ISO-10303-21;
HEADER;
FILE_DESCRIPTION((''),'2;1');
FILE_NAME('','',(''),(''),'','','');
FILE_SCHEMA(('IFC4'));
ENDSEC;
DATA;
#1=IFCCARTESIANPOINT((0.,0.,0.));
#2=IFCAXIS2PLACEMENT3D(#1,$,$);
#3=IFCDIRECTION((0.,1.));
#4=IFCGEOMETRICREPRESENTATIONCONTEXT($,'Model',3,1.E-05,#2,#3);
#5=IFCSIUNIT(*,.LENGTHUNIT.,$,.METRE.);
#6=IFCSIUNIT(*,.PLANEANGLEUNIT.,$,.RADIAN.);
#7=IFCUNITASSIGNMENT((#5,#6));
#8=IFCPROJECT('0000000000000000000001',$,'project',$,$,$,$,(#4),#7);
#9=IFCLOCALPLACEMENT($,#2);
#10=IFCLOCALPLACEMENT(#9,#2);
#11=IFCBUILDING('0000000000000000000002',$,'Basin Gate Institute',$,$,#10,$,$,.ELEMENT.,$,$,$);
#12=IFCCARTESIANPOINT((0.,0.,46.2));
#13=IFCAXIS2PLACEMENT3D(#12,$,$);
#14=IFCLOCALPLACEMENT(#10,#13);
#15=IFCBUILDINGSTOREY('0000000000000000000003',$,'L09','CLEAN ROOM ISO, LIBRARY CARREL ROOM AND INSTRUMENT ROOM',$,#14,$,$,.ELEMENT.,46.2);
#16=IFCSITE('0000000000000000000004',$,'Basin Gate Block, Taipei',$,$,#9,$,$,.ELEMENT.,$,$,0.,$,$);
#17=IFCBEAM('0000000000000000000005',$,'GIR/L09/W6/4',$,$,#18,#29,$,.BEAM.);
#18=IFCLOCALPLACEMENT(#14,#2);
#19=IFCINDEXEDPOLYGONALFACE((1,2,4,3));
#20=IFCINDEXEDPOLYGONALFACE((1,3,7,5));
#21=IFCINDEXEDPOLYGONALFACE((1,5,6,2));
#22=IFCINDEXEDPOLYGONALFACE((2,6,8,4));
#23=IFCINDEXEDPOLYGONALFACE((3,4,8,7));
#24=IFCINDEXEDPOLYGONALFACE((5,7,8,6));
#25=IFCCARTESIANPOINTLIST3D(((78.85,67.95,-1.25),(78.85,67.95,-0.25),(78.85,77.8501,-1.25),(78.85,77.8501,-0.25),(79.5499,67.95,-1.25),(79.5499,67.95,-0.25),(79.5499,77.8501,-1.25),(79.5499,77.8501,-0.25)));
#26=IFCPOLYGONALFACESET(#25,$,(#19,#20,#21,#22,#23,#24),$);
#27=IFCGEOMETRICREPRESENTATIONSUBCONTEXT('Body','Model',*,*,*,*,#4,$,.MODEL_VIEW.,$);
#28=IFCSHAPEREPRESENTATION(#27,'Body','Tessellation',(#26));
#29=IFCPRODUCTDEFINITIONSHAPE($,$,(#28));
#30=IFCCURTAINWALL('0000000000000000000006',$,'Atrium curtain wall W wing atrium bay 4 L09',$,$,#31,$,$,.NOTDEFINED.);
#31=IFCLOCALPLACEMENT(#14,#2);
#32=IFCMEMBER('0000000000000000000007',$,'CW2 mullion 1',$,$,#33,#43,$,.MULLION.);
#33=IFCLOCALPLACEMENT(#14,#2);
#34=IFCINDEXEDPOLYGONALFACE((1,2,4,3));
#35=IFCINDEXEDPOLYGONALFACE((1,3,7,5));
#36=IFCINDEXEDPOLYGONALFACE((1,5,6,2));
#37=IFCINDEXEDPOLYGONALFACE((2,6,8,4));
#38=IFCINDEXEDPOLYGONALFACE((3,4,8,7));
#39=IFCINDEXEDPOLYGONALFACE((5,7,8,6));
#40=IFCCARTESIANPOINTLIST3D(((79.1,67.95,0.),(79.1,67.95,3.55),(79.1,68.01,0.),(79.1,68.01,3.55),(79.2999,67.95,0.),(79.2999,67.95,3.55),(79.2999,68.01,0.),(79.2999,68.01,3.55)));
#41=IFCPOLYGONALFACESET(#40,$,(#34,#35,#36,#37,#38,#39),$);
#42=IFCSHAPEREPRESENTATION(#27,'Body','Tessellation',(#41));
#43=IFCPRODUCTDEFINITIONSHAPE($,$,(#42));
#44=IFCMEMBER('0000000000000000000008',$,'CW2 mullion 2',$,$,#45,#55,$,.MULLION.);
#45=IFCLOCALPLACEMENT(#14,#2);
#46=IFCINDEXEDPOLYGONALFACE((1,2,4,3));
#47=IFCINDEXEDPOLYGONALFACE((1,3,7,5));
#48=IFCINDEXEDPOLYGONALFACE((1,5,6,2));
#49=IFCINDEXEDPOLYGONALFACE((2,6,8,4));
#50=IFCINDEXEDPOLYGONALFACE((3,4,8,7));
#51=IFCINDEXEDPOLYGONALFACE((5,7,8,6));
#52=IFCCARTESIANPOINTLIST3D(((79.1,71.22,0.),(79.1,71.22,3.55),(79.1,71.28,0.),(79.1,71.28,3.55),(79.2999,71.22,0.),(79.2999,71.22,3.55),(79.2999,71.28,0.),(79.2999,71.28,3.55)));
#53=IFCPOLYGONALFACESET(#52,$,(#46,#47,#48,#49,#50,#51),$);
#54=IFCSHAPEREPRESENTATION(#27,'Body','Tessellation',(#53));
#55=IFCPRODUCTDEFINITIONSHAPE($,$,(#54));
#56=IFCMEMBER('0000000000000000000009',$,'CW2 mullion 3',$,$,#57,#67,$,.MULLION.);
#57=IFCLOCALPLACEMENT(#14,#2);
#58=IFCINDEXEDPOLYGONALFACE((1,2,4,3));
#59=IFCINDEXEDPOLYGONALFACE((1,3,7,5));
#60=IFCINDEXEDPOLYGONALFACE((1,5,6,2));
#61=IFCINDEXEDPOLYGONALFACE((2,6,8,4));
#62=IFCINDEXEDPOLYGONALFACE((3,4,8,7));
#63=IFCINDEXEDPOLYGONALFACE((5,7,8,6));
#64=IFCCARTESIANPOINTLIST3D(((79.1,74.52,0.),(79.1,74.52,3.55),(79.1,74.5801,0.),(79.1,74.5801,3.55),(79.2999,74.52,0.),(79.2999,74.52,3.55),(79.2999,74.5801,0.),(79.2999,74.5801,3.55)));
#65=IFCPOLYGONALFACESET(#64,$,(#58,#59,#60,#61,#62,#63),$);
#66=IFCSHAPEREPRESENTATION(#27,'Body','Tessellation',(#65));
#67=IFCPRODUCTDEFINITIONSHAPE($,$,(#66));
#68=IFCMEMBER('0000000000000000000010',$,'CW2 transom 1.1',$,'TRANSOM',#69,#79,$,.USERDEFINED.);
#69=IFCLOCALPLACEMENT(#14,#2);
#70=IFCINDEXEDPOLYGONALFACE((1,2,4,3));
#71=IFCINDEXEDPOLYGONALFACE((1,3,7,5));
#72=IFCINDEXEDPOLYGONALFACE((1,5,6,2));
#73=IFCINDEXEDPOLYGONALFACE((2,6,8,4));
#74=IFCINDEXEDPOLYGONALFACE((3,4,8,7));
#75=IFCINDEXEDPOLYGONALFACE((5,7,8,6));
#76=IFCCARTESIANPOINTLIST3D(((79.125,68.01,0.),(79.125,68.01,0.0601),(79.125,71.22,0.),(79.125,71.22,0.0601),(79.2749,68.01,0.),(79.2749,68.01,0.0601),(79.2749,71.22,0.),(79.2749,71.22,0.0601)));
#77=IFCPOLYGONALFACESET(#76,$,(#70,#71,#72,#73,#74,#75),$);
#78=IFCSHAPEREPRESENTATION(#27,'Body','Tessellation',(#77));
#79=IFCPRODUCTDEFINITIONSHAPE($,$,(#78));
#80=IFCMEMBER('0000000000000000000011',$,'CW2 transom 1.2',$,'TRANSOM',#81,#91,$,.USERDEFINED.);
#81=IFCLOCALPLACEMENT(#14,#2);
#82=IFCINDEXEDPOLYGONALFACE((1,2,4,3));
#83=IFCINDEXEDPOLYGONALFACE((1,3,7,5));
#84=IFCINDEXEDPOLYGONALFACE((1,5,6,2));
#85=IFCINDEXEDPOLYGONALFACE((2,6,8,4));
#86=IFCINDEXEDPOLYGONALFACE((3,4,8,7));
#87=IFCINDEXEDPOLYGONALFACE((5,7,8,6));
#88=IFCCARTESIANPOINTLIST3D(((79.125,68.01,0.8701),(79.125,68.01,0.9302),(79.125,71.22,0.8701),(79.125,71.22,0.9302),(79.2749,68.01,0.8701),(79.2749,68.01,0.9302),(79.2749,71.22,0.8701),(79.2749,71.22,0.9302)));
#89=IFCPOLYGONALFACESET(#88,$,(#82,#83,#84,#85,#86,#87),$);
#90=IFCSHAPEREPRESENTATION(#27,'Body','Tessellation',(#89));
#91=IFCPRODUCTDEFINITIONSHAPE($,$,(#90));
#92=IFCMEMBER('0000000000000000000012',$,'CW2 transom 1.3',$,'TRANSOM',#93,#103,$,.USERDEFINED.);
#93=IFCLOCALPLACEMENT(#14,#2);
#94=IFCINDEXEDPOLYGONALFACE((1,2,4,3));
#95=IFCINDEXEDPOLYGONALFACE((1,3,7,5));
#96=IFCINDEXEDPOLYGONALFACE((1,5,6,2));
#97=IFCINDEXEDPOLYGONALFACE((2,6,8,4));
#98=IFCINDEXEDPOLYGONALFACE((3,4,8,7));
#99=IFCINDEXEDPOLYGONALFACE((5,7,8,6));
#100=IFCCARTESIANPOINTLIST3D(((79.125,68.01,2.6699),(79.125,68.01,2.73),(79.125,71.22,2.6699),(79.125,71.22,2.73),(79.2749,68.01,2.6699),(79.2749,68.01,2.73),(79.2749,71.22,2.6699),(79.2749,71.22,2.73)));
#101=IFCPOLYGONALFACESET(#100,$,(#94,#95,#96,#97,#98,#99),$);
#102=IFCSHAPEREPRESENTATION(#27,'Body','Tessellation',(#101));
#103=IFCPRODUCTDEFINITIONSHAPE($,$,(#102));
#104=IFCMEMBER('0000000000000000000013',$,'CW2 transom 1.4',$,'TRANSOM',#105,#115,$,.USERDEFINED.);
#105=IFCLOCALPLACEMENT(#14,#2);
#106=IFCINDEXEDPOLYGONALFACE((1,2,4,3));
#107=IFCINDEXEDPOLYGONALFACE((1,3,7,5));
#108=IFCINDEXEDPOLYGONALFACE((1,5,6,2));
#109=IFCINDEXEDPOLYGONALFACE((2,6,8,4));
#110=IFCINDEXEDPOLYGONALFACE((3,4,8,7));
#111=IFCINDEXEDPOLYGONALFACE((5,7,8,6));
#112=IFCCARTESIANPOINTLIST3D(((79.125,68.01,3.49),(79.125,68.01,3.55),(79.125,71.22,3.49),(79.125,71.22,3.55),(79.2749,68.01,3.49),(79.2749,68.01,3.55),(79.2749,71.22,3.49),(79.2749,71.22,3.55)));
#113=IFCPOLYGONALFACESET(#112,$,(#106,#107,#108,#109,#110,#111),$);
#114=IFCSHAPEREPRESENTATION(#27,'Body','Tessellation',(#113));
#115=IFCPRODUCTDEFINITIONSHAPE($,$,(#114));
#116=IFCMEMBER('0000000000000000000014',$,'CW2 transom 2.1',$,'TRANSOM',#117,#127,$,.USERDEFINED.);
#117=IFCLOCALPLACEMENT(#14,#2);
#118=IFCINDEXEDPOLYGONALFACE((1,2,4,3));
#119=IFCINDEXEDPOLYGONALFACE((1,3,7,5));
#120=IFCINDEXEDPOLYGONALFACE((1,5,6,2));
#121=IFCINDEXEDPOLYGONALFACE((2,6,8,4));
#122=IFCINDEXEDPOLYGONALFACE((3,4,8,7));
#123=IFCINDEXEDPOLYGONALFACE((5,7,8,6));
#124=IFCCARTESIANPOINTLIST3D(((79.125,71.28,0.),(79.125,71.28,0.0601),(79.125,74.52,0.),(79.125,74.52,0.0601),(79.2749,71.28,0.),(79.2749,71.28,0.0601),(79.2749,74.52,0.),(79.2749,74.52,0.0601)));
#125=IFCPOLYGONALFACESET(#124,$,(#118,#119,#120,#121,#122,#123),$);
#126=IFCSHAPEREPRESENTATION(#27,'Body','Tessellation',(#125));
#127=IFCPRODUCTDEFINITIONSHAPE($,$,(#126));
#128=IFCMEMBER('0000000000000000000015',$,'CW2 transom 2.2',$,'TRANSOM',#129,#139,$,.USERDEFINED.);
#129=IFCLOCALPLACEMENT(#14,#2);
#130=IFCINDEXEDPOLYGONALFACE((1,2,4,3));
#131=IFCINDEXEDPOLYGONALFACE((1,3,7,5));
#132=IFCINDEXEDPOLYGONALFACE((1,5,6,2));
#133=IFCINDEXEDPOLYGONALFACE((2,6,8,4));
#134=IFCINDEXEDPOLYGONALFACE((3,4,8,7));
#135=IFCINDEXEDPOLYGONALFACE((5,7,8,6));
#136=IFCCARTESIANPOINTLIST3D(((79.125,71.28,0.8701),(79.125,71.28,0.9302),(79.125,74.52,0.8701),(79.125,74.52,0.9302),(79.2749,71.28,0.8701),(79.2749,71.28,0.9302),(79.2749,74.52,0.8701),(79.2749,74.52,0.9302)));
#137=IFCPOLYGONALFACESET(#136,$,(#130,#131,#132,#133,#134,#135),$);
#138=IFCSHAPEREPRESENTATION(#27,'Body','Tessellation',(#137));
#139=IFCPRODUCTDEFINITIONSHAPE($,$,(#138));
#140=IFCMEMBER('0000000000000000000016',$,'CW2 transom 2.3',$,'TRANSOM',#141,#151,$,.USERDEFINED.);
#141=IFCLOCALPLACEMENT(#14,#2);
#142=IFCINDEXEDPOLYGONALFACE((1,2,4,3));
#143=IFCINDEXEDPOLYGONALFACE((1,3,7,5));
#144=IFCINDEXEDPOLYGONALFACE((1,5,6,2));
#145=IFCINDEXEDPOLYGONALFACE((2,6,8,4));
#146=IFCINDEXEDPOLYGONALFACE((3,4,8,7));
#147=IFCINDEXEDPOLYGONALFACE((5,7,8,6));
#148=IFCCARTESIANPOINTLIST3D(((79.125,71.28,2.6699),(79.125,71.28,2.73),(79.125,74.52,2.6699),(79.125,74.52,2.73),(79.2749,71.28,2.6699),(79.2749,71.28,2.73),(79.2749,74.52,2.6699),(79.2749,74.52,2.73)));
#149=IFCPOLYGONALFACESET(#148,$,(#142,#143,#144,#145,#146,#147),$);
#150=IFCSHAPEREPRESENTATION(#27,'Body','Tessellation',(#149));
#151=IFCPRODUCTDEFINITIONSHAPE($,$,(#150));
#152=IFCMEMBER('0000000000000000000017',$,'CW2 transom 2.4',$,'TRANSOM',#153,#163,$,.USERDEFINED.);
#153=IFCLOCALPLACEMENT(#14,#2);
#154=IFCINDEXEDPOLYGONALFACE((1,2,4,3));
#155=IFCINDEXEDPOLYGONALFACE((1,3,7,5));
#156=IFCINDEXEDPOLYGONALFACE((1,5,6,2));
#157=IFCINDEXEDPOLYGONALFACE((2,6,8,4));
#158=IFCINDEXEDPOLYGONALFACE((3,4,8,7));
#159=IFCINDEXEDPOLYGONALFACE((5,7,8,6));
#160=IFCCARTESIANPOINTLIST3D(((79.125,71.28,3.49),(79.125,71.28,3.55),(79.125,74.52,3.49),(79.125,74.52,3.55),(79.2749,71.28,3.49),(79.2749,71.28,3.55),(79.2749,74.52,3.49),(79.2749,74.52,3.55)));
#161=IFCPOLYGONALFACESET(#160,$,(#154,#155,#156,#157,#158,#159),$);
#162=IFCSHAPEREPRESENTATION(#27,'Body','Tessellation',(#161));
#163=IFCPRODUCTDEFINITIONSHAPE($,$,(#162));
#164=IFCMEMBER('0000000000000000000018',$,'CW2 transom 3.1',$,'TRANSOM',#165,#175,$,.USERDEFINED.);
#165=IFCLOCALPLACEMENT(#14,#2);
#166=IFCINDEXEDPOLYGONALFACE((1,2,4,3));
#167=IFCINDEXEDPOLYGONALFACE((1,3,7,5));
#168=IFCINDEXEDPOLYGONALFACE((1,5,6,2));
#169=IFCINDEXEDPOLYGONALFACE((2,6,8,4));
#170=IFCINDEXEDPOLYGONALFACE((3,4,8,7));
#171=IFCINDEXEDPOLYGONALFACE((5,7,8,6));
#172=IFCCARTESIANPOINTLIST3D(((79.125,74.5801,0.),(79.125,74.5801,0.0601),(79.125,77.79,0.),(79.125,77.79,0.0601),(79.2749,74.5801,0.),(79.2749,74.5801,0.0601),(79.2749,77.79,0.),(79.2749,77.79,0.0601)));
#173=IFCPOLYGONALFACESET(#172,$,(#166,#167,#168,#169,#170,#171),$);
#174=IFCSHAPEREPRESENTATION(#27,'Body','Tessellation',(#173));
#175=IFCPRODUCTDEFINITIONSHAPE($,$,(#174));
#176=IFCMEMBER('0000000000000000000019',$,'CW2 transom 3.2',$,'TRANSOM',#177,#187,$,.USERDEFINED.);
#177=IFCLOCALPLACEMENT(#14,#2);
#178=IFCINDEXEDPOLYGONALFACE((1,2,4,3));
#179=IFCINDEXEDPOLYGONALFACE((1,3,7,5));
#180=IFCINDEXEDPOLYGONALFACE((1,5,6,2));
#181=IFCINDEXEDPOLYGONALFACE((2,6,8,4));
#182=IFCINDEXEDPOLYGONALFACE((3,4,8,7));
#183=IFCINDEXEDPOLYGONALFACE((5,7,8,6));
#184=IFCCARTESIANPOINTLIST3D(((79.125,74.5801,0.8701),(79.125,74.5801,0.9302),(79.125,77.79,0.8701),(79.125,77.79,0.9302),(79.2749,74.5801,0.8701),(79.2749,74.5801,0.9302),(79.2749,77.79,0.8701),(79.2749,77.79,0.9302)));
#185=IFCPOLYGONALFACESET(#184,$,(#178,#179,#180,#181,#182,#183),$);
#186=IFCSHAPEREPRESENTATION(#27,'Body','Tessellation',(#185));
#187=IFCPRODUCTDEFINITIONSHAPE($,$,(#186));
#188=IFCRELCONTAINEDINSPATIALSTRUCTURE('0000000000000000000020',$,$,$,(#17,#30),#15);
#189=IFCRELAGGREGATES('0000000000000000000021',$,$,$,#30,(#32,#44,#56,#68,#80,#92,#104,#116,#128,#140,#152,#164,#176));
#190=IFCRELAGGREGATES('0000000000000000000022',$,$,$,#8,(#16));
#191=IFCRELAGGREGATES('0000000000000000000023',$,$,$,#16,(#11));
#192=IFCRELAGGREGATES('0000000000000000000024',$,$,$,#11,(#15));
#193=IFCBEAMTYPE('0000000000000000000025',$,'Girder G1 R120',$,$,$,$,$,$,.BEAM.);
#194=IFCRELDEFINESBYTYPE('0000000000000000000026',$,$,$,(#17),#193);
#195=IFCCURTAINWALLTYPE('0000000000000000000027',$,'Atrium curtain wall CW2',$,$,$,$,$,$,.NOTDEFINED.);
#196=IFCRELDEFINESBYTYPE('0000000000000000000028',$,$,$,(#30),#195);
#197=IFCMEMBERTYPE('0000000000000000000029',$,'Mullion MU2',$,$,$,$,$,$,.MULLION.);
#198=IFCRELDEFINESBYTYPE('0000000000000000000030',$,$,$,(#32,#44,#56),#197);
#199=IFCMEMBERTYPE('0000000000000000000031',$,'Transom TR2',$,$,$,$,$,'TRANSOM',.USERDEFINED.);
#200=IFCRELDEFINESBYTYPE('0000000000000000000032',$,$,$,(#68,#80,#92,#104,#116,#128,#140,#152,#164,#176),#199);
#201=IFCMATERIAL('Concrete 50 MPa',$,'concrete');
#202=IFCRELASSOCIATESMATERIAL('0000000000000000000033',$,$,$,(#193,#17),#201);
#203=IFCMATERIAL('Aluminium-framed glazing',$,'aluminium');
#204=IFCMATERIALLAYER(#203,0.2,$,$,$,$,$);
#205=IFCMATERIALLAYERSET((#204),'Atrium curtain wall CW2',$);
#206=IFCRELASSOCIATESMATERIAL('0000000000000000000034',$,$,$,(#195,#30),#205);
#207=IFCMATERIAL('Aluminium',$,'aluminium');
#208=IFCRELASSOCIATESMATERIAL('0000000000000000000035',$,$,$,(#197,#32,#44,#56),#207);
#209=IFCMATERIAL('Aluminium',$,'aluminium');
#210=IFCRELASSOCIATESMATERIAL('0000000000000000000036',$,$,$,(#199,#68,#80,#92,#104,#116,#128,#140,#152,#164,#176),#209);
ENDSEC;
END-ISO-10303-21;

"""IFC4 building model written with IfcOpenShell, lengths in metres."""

from ifc_helpers import new_model, si_unit, direction, frame, origin, origin_2d, place, context, subcontext, project, spatial, rectangle, extrude, material, layer, layer_set, material_profile, profile_set, type_object, element, aggregate, save


model = new_model("IFC4")

# Units and contexts
model_context = context("Model", 3, precision=1e-05, world=origin(), true_north=direction((0.0, 1.0)))
body_context = subcontext(model_context, "Body", "Model", "MODEL_VIEW")
ifc_project = project(units=[si_unit("LENGTHUNIT", "METRE"), si_unit("PLANEANGLEUNIT", "RADIAN")], contexts=[model_context])

# Site, building, storey
site_placement = place(None, origin())
site = spatial("IfcSite", under=ifc_project, at=site_placement, Name="Basin Gate Block, Taipei", CompositionType="ELEMENT", RefElevation=0.0)
building_placement = place(site_placement, origin())
building = spatial("IfcBuilding", under=site, at=building_placement, Name="Basin Gate Institute", CompositionType="ELEMENT")
storey_placement = place(building_placement, frame((0.0, 0.0, 46.2)))
storey = spatial("IfcBuildingStorey", under=building, at=storey_placement, Name="L09", Description="CLEAN ROOM ISO, LIBRARY CARREL ROOM AND INSTRUMENT ROOM", CompositionType="ELEMENT", Elevation=46.2)

# Beam
ifc_material_1 = material(Name="Concrete 50 MPa", Category="concrete")
ifc_material_profile_1 = material_profile(ifc_material_1, rectangle(XDim=0.7, YDim=1.0, at=origin_2d()), Name="Girder G1 700 x 1000")
ifc_profile_set_1 = profile_set([ifc_material_profile_1], Name="Concrete 50 MPa")
beam_type = type_object("IfcBeamType", Name="Girder G1 R120", PredefinedType="BEAM", material=ifc_profile_set_1)
beam_placement = place(storey_placement, frame((79.2, 67.95, -0.75), z_axis=(0.0, 1.0, 0.0), x_axis=(-1.0, 0.0, 0.0)))
element("IfcBeam", 1, at=beam_placement, inside=storey, type_object=beam_type, material=ifc_profile_set_1, Name="GIR/L09/W6/4", PredefinedType="BEAM", context=body_context, shape_type="SweptSolid", body=[
    extrude(rectangle(XDim=0.7, YDim=1.0, at=origin_2d()), origin(), (0.0, 0.0, 1.0), 9.9001),
])

# Curtain wall, members
ifc_material_2 = material(Name="Aluminium-framed glazing", Category="aluminium")
ifc_layer_1 = layer(ifc_material_2, 0.2)
ifc_layer_set_1 = layer_set([ifc_layer_1], Name="Atrium curtain wall CW2")
curtain_wall_type = type_object("IfcCurtainWallType", Name="Atrium curtain wall CW2", PredefinedType="NOTDEFINED", material=ifc_layer_set_1)
curtain_wall_placement = place(storey_placement, origin())
curtain_wall = element("IfcCurtainWall", 2, at=curtain_wall_placement, inside=storey, type_object=curtain_wall_type, material=ifc_layer_set_1, Name="Atrium curtain wall W wing atrium bay 4 L09", PredefinedType="NOTDEFINED")
ifc_material_3 = material(Name="Aluminium", Category="aluminium")
ifc_material_profile_2 = material_profile(ifc_material_3, rectangle(XDim=0.2, YDim=0.0601, at=origin_2d()), Name="Mullion MU2 200 x 60")
ifc_profile_set_2 = profile_set([ifc_material_profile_2], Name="Aluminium")
member_type_1 = type_object("IfcMemberType", Name="Mullion MU2", PredefinedType="MULLION", material=ifc_profile_set_2)
member_1_placement = place(storey_placement, frame((79.2, 67.98, 0.0), z_axis=(0.0, 0.0, 1.0), x_axis=(-1.0, 0.0, 0.0)))
member_1 = element("IfcMember", 3, at=member_1_placement, type_object=member_type_1, material=ifc_profile_set_2, Name="CW2 mullion 1", PredefinedType="MULLION", context=body_context, shape_type="SweptSolid", body=[
    extrude(rectangle(XDim=0.2, YDim=0.0601, at=origin_2d()), origin(), (0.0, 0.0, 1.0), 3.55),
])
member_2_placement = place(storey_placement, frame((79.2, 71.25, 0.0), z_axis=(0.0, 0.0, 1.0), x_axis=(-1.0, 0.0, 0.0)))
member_2 = element("IfcMember", 4, at=member_2_placement, type_object=member_type_1, material=ifc_profile_set_2, Name="CW2 mullion 2", PredefinedType="MULLION", context=body_context, shape_type="SweptSolid", body=[
    extrude(rectangle(XDim=0.2, YDim=0.0601, at=origin_2d()), origin(), (0.0, 0.0, 1.0), 3.55),
])
member_3_placement = place(storey_placement, frame((79.2, 74.55, 0.0), z_axis=(0.0, 0.0, 1.0), x_axis=(-1.0, 0.0, 0.0)))
member_3 = element("IfcMember", 5, at=member_3_placement, type_object=member_type_1, material=ifc_profile_set_2, Name="CW2 mullion 3", PredefinedType="MULLION", context=body_context, shape_type="SweptSolid", body=[
    extrude(rectangle(XDim=0.2, YDim=0.0601, at=origin_2d()), origin(), (0.0, 0.0, 1.0), 3.55),
])
ifc_material_4 = material(Name="Aluminium", Category="aluminium")
ifc_material_profile_3 = material_profile(ifc_material_4, rectangle(XDim=0.1499, YDim=0.0601, at=origin_2d()), Name="Transom TR2 150 x 60")
ifc_profile_set_3 = profile_set([ifc_material_profile_3], Name="Aluminium")
member_type_2 = type_object("IfcMemberType", Name="Transom TR2", ElementType="TRANSOM", PredefinedType="USERDEFINED", material=ifc_profile_set_3)
member_4_placement = place(storey_placement, frame((79.2, 68.01, 0.03), z_axis=(0.0, 1.0, 0.0), x_axis=(-1.0, 0.0, 0.0)))
member_4 = element("IfcMember", 6, at=member_4_placement, type_object=member_type_2, material=ifc_profile_set_3, Name="CW2 transom 1.1", ObjectType="TRANSOM", PredefinedType="USERDEFINED", context=body_context, shape_type="SweptSolid", body=[
    extrude(rectangle(XDim=0.1499, YDim=0.0601, at=origin_2d()), origin(), (0.0, 0.0, 1.0), 3.21),
])
member_5_placement = place(storey_placement, frame((79.2, 68.01, 0.9001), z_axis=(0.0, 1.0, 0.0), x_axis=(-1.0, 0.0, 0.0)))
member_5 = element("IfcMember", 7, at=member_5_placement, type_object=member_type_2, material=ifc_profile_set_3, Name="CW2 transom 1.2", ObjectType="TRANSOM", PredefinedType="USERDEFINED", context=body_context, shape_type="SweptSolid", body=[
    extrude(rectangle(XDim=0.1499, YDim=0.0601, at=origin_2d()), origin(), (0.0, 0.0, 1.0), 3.21),
])
member_6_placement = place(storey_placement, frame((79.2, 68.01, 2.7), z_axis=(0.0, 1.0, 0.0), x_axis=(-1.0, 0.0, 0.0)))
member_6 = element("IfcMember", 8, at=member_6_placement, type_object=member_type_2, material=ifc_profile_set_3, Name="CW2 transom 1.3", ObjectType="TRANSOM", PredefinedType="USERDEFINED", context=body_context, shape_type="SweptSolid", body=[
    extrude(rectangle(XDim=0.1499, YDim=0.0601, at=origin_2d()), origin(), (0.0, 0.0, 1.0), 3.21),
])
member_7_placement = place(storey_placement, frame((79.2, 68.01, 3.52), z_axis=(0.0, 1.0, 0.0), x_axis=(-1.0, 0.0, 0.0)))
member_7 = element("IfcMember", 9, at=member_7_placement, type_object=member_type_2, material=ifc_profile_set_3, Name="CW2 transom 1.4", ObjectType="TRANSOM", PredefinedType="USERDEFINED", context=body_context, shape_type="SweptSolid", body=[
    extrude(rectangle(XDim=0.1499, YDim=0.0601, at=origin_2d()), origin(), (0.0, 0.0, 1.0), 3.21),
])
member_8_placement = place(storey_placement, frame((79.2, 71.28, 0.03), z_axis=(0.0, 1.0, 0.0), x_axis=(-1.0, 0.0, 0.0)))
member_8 = element("IfcMember", 10, at=member_8_placement, type_object=member_type_2, material=ifc_profile_set_3, Name="CW2 transom 2.1", ObjectType="TRANSOM", PredefinedType="USERDEFINED", context=body_context, shape_type="SweptSolid", body=[
    extrude(rectangle(XDim=0.1499, YDim=0.0601, at=origin_2d()), origin(), (0.0, 0.0, 1.0), 3.24),
])
member_9_placement = place(storey_placement, frame((79.2, 71.28, 0.9001), z_axis=(0.0, 1.0, 0.0), x_axis=(-1.0, 0.0, 0.0)))
member_9 = element("IfcMember", 11, at=member_9_placement, type_object=member_type_2, material=ifc_profile_set_3, Name="CW2 transom 2.2", ObjectType="TRANSOM", PredefinedType="USERDEFINED", context=body_context, shape_type="SweptSolid", body=[
    extrude(rectangle(XDim=0.1499, YDim=0.0601, at=origin_2d()), origin(), (0.0, 0.0, 1.0), 3.24),
])
member_10_placement = place(storey_placement, frame((79.2, 71.28, 2.7), z_axis=(0.0, 1.0, 0.0), x_axis=(-1.0, 0.0, 0.0)))
member_10 = element("IfcMember", 12, at=member_10_placement, type_object=member_type_2, material=ifc_profile_set_3, Name="CW2 transom 2.3", ObjectType="TRANSOM", PredefinedType="USERDEFINED", context=body_context, shape_type="SweptSolid", body=[
    extrude(rectangle(XDim=0.1499, YDim=0.0601, at=origin_2d()), origin(), (0.0, 0.0, 1.0), 3.24),
])
member_11_placement = place(storey_placement, frame((79.2, 71.28, 3.52), z_axis=(0.0, 1.0, 0.0), x_axis=(-1.0, 0.0, 0.0)))
member_11 = element("IfcMember", 13, at=member_11_placement, type_object=member_type_2, material=ifc_profile_set_3, Name="CW2 transom 2.4", ObjectType="TRANSOM", PredefinedType="USERDEFINED", context=body_context, shape_type="SweptSolid", body=[
    extrude(rectangle(XDim=0.1499, YDim=0.0601, at=origin_2d()), origin(), (0.0, 0.0, 1.0), 3.24),
])
member_12_placement = place(storey_placement, frame((79.2, 74.5801, 0.03), z_axis=(0.0, 1.0, 0.0), x_axis=(-1.0, 0.0, 0.0)))
member_12 = element("IfcMember", 14, at=member_12_placement, type_object=member_type_2, material=ifc_profile_set_3, Name="CW2 transom 3.1", ObjectType="TRANSOM", PredefinedType="USERDEFINED", context=body_context, shape_type="SweptSolid", body=[
    extrude(rectangle(XDim=0.1499, YDim=0.0601, at=origin_2d()), origin(), (0.0, 0.0, 1.0), 3.21),
])
member_13_placement = place(storey_placement, frame((79.2, 74.5801, 0.9001), z_axis=(0.0, 1.0, 0.0), x_axis=(-1.0, 0.0, 0.0)))
member_13 = element("IfcMember", 15, at=member_13_placement, type_object=member_type_2, material=ifc_profile_set_3, Name="CW2 transom 3.2", ObjectType="TRANSOM", PredefinedType="USERDEFINED", context=body_context, shape_type="SweptSolid", body=[
    extrude(rectangle(XDim=0.1499, YDim=0.0601, at=origin_2d()), origin(), (0.0, 0.0, 1.0), 3.21),
])
aggregate(curtain_wall, [member_1, member_2, member_3, member_4, member_5, member_6, member_7, member_8, member_9, member_10, member_11, member_12, member_13])

save(model, "model.ifc")
